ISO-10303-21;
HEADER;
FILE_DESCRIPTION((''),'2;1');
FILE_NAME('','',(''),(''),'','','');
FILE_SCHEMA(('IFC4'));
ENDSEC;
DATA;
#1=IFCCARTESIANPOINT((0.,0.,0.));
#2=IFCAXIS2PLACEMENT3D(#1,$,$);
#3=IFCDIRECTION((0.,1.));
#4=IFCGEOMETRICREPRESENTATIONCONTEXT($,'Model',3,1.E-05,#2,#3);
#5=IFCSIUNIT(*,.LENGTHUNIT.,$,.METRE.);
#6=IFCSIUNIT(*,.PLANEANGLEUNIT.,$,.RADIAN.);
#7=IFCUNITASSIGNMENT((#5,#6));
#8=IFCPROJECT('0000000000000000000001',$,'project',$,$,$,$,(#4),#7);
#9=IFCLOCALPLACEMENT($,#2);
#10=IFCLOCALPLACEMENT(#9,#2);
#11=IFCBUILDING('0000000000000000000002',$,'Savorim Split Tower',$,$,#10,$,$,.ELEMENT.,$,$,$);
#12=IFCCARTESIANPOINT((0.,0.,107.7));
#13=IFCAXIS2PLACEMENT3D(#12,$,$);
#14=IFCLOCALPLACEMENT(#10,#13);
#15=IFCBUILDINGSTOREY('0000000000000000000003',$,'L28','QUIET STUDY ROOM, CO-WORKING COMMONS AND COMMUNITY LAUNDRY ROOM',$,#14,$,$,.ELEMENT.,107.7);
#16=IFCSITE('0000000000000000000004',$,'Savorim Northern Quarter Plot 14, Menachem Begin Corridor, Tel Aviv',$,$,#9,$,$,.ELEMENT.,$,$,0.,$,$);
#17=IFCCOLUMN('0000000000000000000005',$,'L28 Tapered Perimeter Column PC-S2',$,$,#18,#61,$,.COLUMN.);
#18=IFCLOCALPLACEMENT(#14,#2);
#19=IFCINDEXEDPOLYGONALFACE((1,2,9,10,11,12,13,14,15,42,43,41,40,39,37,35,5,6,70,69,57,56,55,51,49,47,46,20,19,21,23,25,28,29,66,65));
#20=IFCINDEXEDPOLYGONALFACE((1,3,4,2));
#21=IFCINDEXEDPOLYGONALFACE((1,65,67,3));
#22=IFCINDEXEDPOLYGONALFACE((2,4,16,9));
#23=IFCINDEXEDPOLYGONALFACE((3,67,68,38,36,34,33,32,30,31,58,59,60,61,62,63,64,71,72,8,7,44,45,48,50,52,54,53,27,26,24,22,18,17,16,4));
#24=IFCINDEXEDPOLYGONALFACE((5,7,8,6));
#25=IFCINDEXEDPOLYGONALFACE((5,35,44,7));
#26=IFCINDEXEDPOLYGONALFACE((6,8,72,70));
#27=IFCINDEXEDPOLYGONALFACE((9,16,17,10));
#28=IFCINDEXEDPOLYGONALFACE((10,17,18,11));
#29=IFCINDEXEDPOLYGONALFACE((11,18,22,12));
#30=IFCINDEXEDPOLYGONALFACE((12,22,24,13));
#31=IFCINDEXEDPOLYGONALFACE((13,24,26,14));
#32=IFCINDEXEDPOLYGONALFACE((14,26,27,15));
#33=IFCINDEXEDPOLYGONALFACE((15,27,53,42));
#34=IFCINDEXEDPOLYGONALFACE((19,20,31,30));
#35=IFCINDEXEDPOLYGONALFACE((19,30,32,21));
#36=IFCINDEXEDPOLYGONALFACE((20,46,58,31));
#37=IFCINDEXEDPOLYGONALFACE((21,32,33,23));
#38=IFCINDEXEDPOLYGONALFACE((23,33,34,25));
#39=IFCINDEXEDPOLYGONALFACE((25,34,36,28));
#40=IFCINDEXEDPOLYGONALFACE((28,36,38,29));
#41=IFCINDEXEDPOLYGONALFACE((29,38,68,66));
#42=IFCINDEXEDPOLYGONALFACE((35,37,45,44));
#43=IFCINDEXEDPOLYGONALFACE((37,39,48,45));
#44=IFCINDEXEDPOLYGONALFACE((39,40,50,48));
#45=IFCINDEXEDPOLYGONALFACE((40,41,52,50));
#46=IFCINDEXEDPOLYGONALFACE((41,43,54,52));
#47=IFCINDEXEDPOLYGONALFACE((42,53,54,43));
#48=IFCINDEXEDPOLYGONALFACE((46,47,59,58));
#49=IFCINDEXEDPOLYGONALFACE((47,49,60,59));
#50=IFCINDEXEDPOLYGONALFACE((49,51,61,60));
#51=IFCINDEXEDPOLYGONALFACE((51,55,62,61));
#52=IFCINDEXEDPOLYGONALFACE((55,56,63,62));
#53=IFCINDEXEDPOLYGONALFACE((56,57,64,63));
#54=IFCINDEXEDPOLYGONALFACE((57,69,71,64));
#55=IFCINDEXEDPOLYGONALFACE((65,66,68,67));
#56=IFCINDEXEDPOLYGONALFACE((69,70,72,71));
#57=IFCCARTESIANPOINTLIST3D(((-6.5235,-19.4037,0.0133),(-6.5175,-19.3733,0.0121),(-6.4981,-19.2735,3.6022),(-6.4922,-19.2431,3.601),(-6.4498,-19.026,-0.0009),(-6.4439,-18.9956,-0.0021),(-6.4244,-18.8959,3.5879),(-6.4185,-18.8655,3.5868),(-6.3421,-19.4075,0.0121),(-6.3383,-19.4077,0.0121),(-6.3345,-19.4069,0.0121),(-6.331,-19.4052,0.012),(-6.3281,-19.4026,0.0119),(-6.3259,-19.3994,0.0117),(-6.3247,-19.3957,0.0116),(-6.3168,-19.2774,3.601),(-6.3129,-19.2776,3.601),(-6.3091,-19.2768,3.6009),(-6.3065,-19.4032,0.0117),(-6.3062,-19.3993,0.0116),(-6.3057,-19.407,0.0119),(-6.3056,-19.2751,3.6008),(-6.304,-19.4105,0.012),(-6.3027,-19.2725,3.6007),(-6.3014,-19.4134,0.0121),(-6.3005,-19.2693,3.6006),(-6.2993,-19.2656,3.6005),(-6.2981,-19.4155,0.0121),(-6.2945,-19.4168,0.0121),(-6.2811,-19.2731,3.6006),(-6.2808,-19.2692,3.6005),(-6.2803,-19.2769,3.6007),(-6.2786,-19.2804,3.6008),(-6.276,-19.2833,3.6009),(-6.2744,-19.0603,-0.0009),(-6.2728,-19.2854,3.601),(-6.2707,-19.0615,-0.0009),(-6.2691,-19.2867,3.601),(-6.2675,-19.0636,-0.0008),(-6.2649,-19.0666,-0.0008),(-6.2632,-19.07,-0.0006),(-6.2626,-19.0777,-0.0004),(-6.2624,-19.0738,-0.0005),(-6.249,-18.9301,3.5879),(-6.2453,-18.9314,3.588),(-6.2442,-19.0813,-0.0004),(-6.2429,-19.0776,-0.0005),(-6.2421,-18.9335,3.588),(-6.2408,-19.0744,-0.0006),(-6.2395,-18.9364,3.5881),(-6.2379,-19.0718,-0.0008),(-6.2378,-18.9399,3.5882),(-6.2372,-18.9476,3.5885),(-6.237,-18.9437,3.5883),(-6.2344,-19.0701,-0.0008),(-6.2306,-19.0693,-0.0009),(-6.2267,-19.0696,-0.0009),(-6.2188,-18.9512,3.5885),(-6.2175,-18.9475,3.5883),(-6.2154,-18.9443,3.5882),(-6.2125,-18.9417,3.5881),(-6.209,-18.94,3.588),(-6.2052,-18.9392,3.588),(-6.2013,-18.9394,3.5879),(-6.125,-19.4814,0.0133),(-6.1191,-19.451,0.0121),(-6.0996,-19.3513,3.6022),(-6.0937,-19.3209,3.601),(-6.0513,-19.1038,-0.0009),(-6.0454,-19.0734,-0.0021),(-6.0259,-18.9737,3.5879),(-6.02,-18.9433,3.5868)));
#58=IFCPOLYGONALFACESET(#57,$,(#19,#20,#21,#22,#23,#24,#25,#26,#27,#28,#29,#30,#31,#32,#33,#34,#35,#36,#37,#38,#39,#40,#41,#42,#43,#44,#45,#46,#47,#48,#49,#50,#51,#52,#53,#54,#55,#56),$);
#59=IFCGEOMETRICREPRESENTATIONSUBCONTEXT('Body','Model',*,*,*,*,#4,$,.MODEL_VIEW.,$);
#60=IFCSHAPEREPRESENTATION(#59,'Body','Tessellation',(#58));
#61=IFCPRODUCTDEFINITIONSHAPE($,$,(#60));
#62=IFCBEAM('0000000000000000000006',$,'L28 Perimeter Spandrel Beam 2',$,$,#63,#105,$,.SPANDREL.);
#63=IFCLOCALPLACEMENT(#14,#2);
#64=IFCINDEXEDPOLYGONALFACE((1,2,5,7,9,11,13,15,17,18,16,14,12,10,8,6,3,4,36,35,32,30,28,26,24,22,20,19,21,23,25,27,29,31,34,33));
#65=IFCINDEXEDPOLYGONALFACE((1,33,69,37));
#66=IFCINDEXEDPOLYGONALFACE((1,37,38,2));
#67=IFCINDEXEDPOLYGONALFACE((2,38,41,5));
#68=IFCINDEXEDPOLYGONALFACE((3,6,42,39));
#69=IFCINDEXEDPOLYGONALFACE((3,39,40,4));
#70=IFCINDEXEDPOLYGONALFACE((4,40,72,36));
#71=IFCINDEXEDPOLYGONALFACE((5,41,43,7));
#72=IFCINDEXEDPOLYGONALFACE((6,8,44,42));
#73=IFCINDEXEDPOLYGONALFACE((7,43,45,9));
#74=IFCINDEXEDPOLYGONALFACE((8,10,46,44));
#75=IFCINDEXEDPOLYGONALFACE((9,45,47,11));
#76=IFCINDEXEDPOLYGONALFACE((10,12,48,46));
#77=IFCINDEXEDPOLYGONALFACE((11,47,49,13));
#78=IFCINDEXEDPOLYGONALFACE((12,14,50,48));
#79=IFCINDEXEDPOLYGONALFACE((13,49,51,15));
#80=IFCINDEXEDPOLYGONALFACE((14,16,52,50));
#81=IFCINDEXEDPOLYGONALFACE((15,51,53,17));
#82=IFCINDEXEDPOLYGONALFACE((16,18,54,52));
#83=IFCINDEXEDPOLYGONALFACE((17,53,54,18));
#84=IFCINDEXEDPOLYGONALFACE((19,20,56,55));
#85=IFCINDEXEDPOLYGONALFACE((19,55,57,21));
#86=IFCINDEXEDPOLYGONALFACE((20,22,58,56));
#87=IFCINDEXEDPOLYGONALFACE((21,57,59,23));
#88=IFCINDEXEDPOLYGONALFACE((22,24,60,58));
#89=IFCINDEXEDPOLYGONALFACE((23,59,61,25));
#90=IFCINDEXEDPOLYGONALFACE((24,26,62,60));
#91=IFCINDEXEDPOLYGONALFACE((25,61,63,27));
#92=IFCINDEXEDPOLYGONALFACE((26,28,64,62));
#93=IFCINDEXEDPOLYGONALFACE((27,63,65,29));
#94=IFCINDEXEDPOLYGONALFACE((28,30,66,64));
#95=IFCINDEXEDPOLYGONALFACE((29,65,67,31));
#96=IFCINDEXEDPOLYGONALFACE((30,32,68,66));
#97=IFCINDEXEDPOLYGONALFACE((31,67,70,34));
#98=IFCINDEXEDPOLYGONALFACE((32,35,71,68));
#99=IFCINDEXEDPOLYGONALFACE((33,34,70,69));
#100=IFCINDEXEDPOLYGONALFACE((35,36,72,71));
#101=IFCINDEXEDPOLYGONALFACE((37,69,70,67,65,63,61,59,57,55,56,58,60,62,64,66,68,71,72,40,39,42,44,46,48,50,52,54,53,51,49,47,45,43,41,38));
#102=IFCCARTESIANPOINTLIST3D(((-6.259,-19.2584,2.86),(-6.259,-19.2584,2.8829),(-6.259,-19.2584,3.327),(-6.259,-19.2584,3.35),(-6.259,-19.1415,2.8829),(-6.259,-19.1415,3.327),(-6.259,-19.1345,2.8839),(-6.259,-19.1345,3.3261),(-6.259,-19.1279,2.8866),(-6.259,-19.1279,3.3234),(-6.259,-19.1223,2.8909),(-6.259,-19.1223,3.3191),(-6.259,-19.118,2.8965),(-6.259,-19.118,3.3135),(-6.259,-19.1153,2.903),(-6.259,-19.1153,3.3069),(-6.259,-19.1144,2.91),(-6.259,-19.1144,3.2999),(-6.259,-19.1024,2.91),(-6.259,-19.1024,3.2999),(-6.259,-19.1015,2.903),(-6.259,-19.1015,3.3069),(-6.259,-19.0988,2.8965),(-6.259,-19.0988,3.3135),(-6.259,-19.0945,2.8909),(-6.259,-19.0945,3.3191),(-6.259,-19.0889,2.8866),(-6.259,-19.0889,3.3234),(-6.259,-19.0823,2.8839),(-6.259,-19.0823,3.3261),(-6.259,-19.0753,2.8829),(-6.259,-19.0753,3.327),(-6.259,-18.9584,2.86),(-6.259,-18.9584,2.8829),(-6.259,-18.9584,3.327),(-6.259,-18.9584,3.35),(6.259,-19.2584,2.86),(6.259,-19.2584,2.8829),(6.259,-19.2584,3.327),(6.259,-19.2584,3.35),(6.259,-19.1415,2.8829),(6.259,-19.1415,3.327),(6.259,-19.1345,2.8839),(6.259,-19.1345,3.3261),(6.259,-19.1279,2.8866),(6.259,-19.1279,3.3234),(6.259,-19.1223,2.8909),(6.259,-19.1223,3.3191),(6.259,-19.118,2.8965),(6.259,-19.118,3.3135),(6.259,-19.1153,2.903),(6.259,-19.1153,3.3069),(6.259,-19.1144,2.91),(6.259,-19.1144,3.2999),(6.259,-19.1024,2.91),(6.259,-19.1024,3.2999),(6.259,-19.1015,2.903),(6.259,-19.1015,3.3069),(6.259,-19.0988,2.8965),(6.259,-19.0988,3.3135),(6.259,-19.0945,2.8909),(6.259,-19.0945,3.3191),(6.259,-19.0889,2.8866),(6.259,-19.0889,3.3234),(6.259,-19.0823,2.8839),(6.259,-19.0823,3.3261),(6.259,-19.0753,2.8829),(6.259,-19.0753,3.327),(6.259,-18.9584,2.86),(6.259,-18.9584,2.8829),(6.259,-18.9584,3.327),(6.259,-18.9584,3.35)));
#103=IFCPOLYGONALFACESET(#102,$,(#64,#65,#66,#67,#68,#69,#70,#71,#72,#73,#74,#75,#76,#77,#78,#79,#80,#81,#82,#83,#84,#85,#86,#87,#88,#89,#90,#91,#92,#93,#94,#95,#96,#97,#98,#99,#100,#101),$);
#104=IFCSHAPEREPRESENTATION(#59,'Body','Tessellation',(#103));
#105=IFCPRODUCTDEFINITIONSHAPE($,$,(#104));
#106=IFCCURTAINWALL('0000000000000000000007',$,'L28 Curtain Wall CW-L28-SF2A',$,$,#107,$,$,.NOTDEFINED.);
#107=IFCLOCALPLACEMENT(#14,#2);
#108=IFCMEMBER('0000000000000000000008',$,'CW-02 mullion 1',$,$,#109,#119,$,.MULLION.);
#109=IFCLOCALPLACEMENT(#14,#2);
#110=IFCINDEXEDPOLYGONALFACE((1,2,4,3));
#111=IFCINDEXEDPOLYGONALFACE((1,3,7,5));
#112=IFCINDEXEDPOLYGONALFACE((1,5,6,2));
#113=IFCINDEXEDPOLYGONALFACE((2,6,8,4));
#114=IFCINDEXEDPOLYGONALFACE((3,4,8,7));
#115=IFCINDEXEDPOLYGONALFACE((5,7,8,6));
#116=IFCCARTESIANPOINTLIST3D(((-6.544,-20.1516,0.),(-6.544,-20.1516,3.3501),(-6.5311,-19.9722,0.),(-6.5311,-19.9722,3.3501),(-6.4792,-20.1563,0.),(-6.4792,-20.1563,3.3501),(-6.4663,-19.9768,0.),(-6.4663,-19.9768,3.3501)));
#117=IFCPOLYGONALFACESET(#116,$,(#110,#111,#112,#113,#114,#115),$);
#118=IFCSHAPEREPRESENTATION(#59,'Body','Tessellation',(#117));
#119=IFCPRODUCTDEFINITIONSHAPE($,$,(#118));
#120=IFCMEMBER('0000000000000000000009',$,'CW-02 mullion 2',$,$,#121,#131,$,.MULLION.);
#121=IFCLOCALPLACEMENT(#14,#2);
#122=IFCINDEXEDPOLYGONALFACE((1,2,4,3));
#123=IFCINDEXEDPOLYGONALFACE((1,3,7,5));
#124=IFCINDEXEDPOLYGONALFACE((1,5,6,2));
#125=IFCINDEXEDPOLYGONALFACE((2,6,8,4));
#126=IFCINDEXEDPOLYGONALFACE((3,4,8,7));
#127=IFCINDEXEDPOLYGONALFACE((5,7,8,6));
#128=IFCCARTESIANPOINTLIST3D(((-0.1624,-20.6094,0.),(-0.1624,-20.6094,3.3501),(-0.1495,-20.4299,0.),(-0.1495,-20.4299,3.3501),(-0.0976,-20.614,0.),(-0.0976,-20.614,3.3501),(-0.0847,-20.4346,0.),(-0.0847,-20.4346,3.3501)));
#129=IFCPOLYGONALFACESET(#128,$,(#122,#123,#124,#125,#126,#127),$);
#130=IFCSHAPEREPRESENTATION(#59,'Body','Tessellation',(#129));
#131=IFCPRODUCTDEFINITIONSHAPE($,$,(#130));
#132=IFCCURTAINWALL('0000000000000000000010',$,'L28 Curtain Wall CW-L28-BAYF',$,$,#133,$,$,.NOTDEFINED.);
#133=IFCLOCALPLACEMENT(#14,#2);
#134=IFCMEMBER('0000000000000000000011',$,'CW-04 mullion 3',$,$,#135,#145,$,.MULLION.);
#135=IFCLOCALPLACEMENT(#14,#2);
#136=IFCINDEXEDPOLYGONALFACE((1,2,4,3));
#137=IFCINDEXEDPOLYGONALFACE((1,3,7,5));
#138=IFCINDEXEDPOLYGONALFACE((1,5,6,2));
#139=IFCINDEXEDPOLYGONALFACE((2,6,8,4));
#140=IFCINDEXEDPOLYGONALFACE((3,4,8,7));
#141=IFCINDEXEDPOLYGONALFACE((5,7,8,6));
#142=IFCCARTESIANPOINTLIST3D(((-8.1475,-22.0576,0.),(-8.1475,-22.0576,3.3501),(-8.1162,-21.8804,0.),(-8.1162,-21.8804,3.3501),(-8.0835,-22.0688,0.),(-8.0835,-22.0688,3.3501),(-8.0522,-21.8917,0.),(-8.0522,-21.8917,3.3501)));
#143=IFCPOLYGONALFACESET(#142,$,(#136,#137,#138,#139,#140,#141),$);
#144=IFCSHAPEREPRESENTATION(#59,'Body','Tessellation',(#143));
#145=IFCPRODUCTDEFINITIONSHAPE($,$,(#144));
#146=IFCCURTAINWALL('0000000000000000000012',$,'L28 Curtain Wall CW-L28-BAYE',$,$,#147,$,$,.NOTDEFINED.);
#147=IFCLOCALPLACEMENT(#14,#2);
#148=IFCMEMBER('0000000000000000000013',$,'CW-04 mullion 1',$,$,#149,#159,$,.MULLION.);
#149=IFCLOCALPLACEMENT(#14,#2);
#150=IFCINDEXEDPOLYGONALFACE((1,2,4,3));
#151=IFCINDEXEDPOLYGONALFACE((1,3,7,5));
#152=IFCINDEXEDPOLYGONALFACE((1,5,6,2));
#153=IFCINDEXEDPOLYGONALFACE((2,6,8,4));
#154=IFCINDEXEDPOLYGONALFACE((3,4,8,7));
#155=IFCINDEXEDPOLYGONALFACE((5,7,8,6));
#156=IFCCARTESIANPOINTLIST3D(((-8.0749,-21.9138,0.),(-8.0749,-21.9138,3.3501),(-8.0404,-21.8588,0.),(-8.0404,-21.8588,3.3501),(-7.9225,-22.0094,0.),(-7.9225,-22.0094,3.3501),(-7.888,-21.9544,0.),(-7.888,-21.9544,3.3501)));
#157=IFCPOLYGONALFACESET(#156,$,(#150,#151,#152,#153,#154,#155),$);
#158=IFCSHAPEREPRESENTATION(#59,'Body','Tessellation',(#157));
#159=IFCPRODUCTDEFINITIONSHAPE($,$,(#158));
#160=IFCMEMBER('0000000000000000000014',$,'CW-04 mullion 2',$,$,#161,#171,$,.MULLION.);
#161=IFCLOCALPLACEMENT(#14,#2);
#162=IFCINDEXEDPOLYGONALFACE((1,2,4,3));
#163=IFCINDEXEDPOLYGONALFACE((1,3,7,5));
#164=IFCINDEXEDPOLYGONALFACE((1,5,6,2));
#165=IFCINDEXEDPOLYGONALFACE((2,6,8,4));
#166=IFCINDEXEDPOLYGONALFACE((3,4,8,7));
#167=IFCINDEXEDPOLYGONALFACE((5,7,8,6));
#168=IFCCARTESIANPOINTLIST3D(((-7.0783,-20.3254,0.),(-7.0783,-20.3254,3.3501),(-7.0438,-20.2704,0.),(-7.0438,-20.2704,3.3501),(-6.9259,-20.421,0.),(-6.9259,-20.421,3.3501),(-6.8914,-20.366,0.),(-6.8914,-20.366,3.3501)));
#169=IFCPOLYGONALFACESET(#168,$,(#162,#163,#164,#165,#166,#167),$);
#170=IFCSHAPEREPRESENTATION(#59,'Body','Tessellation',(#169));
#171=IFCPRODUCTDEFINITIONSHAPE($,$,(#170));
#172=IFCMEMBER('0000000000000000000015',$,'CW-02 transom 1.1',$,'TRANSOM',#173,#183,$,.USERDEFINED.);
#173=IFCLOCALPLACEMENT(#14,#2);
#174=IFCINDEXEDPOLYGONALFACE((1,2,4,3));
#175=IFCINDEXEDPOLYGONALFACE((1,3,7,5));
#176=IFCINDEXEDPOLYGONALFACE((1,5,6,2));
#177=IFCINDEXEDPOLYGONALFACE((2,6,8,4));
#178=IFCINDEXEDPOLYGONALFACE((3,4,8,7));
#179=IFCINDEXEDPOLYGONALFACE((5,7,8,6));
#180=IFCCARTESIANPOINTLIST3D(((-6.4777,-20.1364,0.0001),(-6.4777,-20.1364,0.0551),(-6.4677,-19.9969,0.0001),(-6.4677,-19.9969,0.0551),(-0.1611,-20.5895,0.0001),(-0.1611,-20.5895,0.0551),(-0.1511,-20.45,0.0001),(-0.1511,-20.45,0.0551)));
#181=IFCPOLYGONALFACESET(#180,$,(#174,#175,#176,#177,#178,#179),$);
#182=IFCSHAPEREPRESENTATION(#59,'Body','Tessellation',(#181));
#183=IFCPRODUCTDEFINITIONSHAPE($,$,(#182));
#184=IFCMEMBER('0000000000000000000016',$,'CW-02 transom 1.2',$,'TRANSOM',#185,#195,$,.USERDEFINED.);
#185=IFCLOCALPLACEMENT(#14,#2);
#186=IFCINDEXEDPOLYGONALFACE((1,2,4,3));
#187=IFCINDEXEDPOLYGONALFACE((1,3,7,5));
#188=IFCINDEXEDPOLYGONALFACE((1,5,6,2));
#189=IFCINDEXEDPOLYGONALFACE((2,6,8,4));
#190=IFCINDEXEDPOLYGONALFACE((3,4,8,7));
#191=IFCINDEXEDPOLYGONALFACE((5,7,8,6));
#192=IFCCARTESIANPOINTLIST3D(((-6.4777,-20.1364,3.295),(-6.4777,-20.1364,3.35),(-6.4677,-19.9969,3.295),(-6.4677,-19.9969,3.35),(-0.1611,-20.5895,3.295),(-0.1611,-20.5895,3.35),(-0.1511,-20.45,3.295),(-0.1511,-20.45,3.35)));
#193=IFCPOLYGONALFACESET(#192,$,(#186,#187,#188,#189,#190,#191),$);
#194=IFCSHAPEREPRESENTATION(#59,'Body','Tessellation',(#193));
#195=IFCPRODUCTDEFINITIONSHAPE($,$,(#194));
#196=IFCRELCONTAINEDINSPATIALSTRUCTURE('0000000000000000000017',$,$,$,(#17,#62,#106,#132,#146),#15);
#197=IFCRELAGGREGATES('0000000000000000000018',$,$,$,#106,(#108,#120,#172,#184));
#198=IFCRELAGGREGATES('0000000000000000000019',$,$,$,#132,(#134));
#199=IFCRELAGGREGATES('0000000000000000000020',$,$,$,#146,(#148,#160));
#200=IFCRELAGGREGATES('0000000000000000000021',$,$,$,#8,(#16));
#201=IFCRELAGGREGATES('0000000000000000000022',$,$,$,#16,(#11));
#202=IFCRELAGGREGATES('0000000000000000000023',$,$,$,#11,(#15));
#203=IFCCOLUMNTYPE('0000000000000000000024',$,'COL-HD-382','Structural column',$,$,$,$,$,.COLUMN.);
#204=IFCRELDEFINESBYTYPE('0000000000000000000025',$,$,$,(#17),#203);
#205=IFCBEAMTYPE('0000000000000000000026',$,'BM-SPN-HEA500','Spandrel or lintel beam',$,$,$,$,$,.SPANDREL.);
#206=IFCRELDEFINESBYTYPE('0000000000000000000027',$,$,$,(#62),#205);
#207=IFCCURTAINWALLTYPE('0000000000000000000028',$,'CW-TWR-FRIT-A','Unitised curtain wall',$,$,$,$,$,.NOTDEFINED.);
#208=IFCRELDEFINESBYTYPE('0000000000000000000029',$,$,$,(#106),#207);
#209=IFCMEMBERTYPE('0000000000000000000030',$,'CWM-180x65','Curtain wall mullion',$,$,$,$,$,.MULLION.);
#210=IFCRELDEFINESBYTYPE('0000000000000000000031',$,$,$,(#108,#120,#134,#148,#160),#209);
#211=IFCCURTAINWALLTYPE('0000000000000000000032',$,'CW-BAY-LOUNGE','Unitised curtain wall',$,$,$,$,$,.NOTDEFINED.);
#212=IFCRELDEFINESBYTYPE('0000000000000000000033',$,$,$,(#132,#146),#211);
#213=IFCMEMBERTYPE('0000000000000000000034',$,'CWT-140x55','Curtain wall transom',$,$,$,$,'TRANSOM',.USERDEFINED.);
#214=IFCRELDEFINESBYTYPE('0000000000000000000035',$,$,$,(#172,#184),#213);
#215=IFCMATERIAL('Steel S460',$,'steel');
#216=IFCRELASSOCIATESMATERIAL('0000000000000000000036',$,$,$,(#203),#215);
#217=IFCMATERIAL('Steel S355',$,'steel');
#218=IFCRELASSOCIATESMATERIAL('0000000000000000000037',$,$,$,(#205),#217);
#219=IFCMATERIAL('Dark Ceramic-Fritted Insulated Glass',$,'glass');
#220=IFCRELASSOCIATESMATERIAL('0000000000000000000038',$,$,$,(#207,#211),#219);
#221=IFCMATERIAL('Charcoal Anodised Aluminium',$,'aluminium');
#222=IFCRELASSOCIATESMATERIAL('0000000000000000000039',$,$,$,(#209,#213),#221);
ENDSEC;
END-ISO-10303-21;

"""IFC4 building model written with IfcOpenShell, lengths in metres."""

from ifc_helpers import new_model, si_unit, direction, frame, origin, origin_2d, place, context, subcontext, project, spatial, rectangle, i_section, extrude, material, material_profile, profile_set, type_object, element, aggregate, save


model = new_model("IFC4")

# Units and contexts
model_context = context("Model", 3, precision=1e-05, world=origin(), true_north=direction((0.0, 1.0)))
body_context = subcontext(model_context, "Body", "Model", "MODEL_VIEW")
ifc_project = project(units=[si_unit("LENGTHUNIT", "METRE"), si_unit("PLANEANGLEUNIT", "RADIAN")], contexts=[model_context])

# Site, building, storey
site_placement = place(None, origin())
site = spatial("IfcSite", under=ifc_project, at=site_placement, Name="Savorim Northern Quarter Plot 14, Menachem Begin Corridor, Tel Aviv", CompositionType="ELEMENT", RefElevation=0.0)
building_placement = place(site_placement, origin())
building = spatial("IfcBuilding", under=site, at=building_placement, Name="Savorim Split Tower", CompositionType="ELEMENT")
storey_placement = place(building_placement, frame((0.0, 0.0, 107.7)))
storey = spatial("IfcBuildingStorey", under=building, at=storey_placement, Name="L28", Description="QUIET STUDY ROOM, CO-WORKING COMMONS AND COMMUNITY LAUNDRY ROOM", CompositionType="ELEMENT", Elevation=107.7)

# Column
ifc_material_1 = material(Name="Steel S460", Category="steel")
ifc_material_profile_1 = material_profile(ifc_material_1, i_section(OverallWidth=0.406, OverallDepth=0.416, WebThickness=0.0188, FlangeThickness=0.031, FilletRadius=0.0149, at=origin_2d()), Name="HD 400x382")
ifc_profile_set_1 = profile_set([ifc_material_profile_1], Name="Steel S460")
column_type = type_object("IfcColumnType", Name="COL-HD-382", Description="Structural column", PredefinedType="COLUMN", material=ifc_profile_set_1)
column_placement = place(storey_placement, frame((-6.2844, -19.2385, 0.0056), z_axis=(0.00707, 0.036234, 0.999318), x_axis=(-0.981491, 0.19151, 0.0)))
element("IfcColumn", 1, at=column_placement, inside=storey, type_object=column_type, Name="L28 Tapered Perimeter Column PC-S2", PredefinedType="COLUMN", context=body_context, shape_type="SweptSolid", body=[
    extrude(i_section(OverallWidth=0.406, OverallDepth=0.416, WebThickness=0.0188, FlangeThickness=0.031, FilletRadius=0.0149, at=origin_2d()), origin(), (0.0, 0.0, 1.0), 3.5913),
])

# Beam
ifc_material_2 = material(Name="Steel S355", Category="steel")
ifc_material_profile_2 = material_profile(ifc_material_2, i_section(OverallWidth=0.3, OverallDepth=0.49, WebThickness=0.012, FlangeThickness=0.0229, FilletRadius=0.0271, at=origin_2d()), Name="HEA 500")
ifc_profile_set_2 = profile_set([ifc_material_profile_2], Name="Steel S355")
beam_type = type_object("IfcBeamType", Name="BM-SPN-HEA500", Description="Spandrel or lintel beam", PredefinedType="SPANDREL", material=ifc_profile_set_2)
beam_placement = place(storey_placement, frame((-6.259, -19.1084, 3.105), z_axis=(1.0, 0.0, 0.0), x_axis=(0.0, 1.0, 0.0)))
element("IfcBeam", 2, at=beam_placement, inside=storey, type_object=beam_type, Name="L28 Perimeter Spandrel Beam 2", PredefinedType="SPANDREL", context=body_context, shape_type="SweptSolid", body=[
    extrude(i_section(OverallWidth=0.3, OverallDepth=0.49, WebThickness=0.012, FlangeThickness=0.0229, FilletRadius=0.0271, at=origin_2d()), origin(), (0.0, 0.0, 1.0), 12.5181),
])

# Curtain wall, members
ifc_material_3 = material(Name="Dark Ceramic-Fritted Insulated Glass", Category="glass")
curtain_wall_type_1 = type_object("IfcCurtainWallType", Name="CW-TWR-FRIT-A", Description="Unitised curtain wall", PredefinedType="NOTDEFINED", material=ifc_material_3)
curtain_wall_1_placement = place(storey_placement, origin())
curtain_wall_1 = element("IfcCurtainWall", 3, at=curtain_wall_1_placement, inside=storey, type_object=curtain_wall_type_1, Name="L28 Curtain Wall CW-L28-SF2A", PredefinedType="NOTDEFINED")
ifc_material_4 = material(Name="Charcoal Anodised Aluminium", Category="aluminium")
ifc_material_profile_3 = material_profile(ifc_material_4, rectangle(XDim=0.1799, YDim=0.0649, at=origin_2d()), Name="ALU-M 180x65")
ifc_profile_set_3 = profile_set([ifc_material_profile_3], Name="Charcoal Anodised Aluminium")
member_type_1 = type_object("IfcMemberType", Name="CWM-180x65", Description="Curtain wall mullion", PredefinedType="MULLION", material=ifc_profile_set_3)
member_1_placement = place(storey_placement, frame((-6.5051, -20.0642, 0.0), z_axis=(0.0, 0.0, 1.0), x_axis=(0.071563, 0.997436, 0.0)))
member_1 = element("IfcMember", 4, at=member_1_placement, type_object=member_type_1, Name="CW-02 mullion 1", PredefinedType="MULLION", context=body_context, shape_type="SweptSolid", body=[
    extrude(rectangle(XDim=0.1799, YDim=0.0649, at=origin_2d()), origin(), (0.0, 0.0, 1.0), 3.3501),
])
member_2_placement = place(storey_placement, frame((-0.1235, -20.522, 0.0), z_axis=(0.0, 0.0, 1.0), x_axis=(0.071563, 0.997436, 0.0)))
member_2 = element("IfcMember", 5, at=member_2_placement, type_object=member_type_1, Name="CW-02 mullion 2", PredefinedType="MULLION", context=body_context, shape_type="SweptSolid", body=[
    extrude(rectangle(XDim=0.1799, YDim=0.0649, at=origin_2d()), origin(), (0.0, 0.0, 1.0), 3.3501),
])

# Curtain wall, member
curtain_wall_type_2 = type_object("IfcCurtainWallType", Name="CW-BAY-LOUNGE", Description="Unitised curtain wall", PredefinedType="NOTDEFINED", material=ifc_material_3)
curtain_wall_2_placement = place(storey_placement, origin())
curtain_wall_2 = element("IfcCurtainWall", 6, at=curtain_wall_2_placement, inside=storey, type_object=curtain_wall_type_2, Name="L28 Curtain Wall CW-L28-BAYF", PredefinedType="NOTDEFINED")
member_3_placement = place(storey_placement, frame((-8.0999, -21.9746, 0.0), z_axis=(0.0, 0.0, 1.0), x_axis=(0.173703, 0.984798, 0.0)))
member_3 = element("IfcMember", 7, at=member_3_placement, type_object=member_type_1, Name="CW-04 mullion 3", PredefinedType="MULLION", context=body_context, shape_type="SweptSolid", body=[
    extrude(rectangle(XDim=0.1799, YDim=0.0649, at=origin_2d()), origin(), (0.0, 0.0, 1.0), 3.3501),
])

# Curtain wall, members
curtain_wall_3_placement = place(storey_placement, origin())
curtain_wall_3 = element("IfcCurtainWall", 8, at=curtain_wall_3_placement, inside=storey, type_object=curtain_wall_type_2, Name="L28 Curtain Wall CW-L28-BAYE", PredefinedType="NOTDEFINED")
member_4_placement = place(storey_placement, frame((-7.9814, -21.9341, 0.0), z_axis=(0.0, 0.0, 1.0), x_axis=(-0.847099, 0.531435, 0.0)))
member_4 = element("IfcMember", 9, at=member_4_placement, type_object=member_type_1, Name="CW-04 mullion 1", PredefinedType="MULLION", context=body_context, shape_type="SweptSolid", body=[
    extrude(rectangle(XDim=0.1799, YDim=0.0649, at=origin_2d()), origin(), (0.0, 0.0, 1.0), 3.3501),
])
member_5_placement = place(storey_placement, frame((-6.9849, -20.3457, 0.0), z_axis=(0.0, 0.0, 1.0), x_axis=(-0.847099, 0.531435, 0.0)))
member_5 = element("IfcMember", 10, at=member_5_placement, type_object=member_type_1, Name="CW-04 mullion 2", PredefinedType="MULLION", context=body_context, shape_type="SweptSolid", body=[
    extrude(rectangle(XDim=0.1799, YDim=0.0649, at=origin_2d()), origin(), (0.0, 0.0, 1.0), 3.3501),
])

# Members
ifc_material_profile_4 = material_profile(ifc_material_4, rectangle(XDim=0.1399, YDim=0.0549, at=origin_2d()), Name="ALU-T 140x55")
ifc_profile_set_4 = profile_set([ifc_material_profile_4], Name="Charcoal Anodised Aluminium")
member_type_2 = type_object("IfcMemberType", Name="CWT-140x55", Description="Curtain wall transom", ElementType="TRANSOM", PredefinedType="USERDEFINED", material=ifc_profile_set_4)
member_6_placement = place(storey_placement, frame((-6.4727, -20.0667, 0.0276), z_axis=(0.997437, -0.071551, 0.0), x_axis=(0.071551, 0.997437, 0.0)))
member_6 = element("IfcMember", 11, at=member_6_placement, type_object=member_type_2, Name="CW-02 transom 1.1", ObjectType="TRANSOM", PredefinedType="USERDEFINED", context=body_context, shape_type="SweptSolid", body=[
    extrude(rectangle(XDim=0.1399, YDim=0.0549, at=origin_2d()), origin(), (0.0, 0.0, 1.0), 6.3328),
])
member_7_placement = place(storey_placement, frame((-6.4727, -20.0667, 3.3225), z_axis=(0.997437, -0.071551, 0.0), x_axis=(0.071551, 0.997437, 0.0)))
member_7 = element("IfcMember", 12, at=member_7_placement, type_object=member_type_2, Name="CW-02 transom 1.2", ObjectType="TRANSOM", PredefinedType="USERDEFINED", context=body_context, shape_type="SweptSolid", body=[
    extrude(rectangle(XDim=0.1399, YDim=0.0549, at=origin_2d()), origin(), (0.0, 0.0, 1.0), 6.3328),
])

aggregate(curtain_wall_1, [member_1, member_2, member_6, member_7])
aggregate(curtain_wall_2, [member_3])
aggregate(curtain_wall_3, [member_4, member_5])

save(model, "model.ifc")
